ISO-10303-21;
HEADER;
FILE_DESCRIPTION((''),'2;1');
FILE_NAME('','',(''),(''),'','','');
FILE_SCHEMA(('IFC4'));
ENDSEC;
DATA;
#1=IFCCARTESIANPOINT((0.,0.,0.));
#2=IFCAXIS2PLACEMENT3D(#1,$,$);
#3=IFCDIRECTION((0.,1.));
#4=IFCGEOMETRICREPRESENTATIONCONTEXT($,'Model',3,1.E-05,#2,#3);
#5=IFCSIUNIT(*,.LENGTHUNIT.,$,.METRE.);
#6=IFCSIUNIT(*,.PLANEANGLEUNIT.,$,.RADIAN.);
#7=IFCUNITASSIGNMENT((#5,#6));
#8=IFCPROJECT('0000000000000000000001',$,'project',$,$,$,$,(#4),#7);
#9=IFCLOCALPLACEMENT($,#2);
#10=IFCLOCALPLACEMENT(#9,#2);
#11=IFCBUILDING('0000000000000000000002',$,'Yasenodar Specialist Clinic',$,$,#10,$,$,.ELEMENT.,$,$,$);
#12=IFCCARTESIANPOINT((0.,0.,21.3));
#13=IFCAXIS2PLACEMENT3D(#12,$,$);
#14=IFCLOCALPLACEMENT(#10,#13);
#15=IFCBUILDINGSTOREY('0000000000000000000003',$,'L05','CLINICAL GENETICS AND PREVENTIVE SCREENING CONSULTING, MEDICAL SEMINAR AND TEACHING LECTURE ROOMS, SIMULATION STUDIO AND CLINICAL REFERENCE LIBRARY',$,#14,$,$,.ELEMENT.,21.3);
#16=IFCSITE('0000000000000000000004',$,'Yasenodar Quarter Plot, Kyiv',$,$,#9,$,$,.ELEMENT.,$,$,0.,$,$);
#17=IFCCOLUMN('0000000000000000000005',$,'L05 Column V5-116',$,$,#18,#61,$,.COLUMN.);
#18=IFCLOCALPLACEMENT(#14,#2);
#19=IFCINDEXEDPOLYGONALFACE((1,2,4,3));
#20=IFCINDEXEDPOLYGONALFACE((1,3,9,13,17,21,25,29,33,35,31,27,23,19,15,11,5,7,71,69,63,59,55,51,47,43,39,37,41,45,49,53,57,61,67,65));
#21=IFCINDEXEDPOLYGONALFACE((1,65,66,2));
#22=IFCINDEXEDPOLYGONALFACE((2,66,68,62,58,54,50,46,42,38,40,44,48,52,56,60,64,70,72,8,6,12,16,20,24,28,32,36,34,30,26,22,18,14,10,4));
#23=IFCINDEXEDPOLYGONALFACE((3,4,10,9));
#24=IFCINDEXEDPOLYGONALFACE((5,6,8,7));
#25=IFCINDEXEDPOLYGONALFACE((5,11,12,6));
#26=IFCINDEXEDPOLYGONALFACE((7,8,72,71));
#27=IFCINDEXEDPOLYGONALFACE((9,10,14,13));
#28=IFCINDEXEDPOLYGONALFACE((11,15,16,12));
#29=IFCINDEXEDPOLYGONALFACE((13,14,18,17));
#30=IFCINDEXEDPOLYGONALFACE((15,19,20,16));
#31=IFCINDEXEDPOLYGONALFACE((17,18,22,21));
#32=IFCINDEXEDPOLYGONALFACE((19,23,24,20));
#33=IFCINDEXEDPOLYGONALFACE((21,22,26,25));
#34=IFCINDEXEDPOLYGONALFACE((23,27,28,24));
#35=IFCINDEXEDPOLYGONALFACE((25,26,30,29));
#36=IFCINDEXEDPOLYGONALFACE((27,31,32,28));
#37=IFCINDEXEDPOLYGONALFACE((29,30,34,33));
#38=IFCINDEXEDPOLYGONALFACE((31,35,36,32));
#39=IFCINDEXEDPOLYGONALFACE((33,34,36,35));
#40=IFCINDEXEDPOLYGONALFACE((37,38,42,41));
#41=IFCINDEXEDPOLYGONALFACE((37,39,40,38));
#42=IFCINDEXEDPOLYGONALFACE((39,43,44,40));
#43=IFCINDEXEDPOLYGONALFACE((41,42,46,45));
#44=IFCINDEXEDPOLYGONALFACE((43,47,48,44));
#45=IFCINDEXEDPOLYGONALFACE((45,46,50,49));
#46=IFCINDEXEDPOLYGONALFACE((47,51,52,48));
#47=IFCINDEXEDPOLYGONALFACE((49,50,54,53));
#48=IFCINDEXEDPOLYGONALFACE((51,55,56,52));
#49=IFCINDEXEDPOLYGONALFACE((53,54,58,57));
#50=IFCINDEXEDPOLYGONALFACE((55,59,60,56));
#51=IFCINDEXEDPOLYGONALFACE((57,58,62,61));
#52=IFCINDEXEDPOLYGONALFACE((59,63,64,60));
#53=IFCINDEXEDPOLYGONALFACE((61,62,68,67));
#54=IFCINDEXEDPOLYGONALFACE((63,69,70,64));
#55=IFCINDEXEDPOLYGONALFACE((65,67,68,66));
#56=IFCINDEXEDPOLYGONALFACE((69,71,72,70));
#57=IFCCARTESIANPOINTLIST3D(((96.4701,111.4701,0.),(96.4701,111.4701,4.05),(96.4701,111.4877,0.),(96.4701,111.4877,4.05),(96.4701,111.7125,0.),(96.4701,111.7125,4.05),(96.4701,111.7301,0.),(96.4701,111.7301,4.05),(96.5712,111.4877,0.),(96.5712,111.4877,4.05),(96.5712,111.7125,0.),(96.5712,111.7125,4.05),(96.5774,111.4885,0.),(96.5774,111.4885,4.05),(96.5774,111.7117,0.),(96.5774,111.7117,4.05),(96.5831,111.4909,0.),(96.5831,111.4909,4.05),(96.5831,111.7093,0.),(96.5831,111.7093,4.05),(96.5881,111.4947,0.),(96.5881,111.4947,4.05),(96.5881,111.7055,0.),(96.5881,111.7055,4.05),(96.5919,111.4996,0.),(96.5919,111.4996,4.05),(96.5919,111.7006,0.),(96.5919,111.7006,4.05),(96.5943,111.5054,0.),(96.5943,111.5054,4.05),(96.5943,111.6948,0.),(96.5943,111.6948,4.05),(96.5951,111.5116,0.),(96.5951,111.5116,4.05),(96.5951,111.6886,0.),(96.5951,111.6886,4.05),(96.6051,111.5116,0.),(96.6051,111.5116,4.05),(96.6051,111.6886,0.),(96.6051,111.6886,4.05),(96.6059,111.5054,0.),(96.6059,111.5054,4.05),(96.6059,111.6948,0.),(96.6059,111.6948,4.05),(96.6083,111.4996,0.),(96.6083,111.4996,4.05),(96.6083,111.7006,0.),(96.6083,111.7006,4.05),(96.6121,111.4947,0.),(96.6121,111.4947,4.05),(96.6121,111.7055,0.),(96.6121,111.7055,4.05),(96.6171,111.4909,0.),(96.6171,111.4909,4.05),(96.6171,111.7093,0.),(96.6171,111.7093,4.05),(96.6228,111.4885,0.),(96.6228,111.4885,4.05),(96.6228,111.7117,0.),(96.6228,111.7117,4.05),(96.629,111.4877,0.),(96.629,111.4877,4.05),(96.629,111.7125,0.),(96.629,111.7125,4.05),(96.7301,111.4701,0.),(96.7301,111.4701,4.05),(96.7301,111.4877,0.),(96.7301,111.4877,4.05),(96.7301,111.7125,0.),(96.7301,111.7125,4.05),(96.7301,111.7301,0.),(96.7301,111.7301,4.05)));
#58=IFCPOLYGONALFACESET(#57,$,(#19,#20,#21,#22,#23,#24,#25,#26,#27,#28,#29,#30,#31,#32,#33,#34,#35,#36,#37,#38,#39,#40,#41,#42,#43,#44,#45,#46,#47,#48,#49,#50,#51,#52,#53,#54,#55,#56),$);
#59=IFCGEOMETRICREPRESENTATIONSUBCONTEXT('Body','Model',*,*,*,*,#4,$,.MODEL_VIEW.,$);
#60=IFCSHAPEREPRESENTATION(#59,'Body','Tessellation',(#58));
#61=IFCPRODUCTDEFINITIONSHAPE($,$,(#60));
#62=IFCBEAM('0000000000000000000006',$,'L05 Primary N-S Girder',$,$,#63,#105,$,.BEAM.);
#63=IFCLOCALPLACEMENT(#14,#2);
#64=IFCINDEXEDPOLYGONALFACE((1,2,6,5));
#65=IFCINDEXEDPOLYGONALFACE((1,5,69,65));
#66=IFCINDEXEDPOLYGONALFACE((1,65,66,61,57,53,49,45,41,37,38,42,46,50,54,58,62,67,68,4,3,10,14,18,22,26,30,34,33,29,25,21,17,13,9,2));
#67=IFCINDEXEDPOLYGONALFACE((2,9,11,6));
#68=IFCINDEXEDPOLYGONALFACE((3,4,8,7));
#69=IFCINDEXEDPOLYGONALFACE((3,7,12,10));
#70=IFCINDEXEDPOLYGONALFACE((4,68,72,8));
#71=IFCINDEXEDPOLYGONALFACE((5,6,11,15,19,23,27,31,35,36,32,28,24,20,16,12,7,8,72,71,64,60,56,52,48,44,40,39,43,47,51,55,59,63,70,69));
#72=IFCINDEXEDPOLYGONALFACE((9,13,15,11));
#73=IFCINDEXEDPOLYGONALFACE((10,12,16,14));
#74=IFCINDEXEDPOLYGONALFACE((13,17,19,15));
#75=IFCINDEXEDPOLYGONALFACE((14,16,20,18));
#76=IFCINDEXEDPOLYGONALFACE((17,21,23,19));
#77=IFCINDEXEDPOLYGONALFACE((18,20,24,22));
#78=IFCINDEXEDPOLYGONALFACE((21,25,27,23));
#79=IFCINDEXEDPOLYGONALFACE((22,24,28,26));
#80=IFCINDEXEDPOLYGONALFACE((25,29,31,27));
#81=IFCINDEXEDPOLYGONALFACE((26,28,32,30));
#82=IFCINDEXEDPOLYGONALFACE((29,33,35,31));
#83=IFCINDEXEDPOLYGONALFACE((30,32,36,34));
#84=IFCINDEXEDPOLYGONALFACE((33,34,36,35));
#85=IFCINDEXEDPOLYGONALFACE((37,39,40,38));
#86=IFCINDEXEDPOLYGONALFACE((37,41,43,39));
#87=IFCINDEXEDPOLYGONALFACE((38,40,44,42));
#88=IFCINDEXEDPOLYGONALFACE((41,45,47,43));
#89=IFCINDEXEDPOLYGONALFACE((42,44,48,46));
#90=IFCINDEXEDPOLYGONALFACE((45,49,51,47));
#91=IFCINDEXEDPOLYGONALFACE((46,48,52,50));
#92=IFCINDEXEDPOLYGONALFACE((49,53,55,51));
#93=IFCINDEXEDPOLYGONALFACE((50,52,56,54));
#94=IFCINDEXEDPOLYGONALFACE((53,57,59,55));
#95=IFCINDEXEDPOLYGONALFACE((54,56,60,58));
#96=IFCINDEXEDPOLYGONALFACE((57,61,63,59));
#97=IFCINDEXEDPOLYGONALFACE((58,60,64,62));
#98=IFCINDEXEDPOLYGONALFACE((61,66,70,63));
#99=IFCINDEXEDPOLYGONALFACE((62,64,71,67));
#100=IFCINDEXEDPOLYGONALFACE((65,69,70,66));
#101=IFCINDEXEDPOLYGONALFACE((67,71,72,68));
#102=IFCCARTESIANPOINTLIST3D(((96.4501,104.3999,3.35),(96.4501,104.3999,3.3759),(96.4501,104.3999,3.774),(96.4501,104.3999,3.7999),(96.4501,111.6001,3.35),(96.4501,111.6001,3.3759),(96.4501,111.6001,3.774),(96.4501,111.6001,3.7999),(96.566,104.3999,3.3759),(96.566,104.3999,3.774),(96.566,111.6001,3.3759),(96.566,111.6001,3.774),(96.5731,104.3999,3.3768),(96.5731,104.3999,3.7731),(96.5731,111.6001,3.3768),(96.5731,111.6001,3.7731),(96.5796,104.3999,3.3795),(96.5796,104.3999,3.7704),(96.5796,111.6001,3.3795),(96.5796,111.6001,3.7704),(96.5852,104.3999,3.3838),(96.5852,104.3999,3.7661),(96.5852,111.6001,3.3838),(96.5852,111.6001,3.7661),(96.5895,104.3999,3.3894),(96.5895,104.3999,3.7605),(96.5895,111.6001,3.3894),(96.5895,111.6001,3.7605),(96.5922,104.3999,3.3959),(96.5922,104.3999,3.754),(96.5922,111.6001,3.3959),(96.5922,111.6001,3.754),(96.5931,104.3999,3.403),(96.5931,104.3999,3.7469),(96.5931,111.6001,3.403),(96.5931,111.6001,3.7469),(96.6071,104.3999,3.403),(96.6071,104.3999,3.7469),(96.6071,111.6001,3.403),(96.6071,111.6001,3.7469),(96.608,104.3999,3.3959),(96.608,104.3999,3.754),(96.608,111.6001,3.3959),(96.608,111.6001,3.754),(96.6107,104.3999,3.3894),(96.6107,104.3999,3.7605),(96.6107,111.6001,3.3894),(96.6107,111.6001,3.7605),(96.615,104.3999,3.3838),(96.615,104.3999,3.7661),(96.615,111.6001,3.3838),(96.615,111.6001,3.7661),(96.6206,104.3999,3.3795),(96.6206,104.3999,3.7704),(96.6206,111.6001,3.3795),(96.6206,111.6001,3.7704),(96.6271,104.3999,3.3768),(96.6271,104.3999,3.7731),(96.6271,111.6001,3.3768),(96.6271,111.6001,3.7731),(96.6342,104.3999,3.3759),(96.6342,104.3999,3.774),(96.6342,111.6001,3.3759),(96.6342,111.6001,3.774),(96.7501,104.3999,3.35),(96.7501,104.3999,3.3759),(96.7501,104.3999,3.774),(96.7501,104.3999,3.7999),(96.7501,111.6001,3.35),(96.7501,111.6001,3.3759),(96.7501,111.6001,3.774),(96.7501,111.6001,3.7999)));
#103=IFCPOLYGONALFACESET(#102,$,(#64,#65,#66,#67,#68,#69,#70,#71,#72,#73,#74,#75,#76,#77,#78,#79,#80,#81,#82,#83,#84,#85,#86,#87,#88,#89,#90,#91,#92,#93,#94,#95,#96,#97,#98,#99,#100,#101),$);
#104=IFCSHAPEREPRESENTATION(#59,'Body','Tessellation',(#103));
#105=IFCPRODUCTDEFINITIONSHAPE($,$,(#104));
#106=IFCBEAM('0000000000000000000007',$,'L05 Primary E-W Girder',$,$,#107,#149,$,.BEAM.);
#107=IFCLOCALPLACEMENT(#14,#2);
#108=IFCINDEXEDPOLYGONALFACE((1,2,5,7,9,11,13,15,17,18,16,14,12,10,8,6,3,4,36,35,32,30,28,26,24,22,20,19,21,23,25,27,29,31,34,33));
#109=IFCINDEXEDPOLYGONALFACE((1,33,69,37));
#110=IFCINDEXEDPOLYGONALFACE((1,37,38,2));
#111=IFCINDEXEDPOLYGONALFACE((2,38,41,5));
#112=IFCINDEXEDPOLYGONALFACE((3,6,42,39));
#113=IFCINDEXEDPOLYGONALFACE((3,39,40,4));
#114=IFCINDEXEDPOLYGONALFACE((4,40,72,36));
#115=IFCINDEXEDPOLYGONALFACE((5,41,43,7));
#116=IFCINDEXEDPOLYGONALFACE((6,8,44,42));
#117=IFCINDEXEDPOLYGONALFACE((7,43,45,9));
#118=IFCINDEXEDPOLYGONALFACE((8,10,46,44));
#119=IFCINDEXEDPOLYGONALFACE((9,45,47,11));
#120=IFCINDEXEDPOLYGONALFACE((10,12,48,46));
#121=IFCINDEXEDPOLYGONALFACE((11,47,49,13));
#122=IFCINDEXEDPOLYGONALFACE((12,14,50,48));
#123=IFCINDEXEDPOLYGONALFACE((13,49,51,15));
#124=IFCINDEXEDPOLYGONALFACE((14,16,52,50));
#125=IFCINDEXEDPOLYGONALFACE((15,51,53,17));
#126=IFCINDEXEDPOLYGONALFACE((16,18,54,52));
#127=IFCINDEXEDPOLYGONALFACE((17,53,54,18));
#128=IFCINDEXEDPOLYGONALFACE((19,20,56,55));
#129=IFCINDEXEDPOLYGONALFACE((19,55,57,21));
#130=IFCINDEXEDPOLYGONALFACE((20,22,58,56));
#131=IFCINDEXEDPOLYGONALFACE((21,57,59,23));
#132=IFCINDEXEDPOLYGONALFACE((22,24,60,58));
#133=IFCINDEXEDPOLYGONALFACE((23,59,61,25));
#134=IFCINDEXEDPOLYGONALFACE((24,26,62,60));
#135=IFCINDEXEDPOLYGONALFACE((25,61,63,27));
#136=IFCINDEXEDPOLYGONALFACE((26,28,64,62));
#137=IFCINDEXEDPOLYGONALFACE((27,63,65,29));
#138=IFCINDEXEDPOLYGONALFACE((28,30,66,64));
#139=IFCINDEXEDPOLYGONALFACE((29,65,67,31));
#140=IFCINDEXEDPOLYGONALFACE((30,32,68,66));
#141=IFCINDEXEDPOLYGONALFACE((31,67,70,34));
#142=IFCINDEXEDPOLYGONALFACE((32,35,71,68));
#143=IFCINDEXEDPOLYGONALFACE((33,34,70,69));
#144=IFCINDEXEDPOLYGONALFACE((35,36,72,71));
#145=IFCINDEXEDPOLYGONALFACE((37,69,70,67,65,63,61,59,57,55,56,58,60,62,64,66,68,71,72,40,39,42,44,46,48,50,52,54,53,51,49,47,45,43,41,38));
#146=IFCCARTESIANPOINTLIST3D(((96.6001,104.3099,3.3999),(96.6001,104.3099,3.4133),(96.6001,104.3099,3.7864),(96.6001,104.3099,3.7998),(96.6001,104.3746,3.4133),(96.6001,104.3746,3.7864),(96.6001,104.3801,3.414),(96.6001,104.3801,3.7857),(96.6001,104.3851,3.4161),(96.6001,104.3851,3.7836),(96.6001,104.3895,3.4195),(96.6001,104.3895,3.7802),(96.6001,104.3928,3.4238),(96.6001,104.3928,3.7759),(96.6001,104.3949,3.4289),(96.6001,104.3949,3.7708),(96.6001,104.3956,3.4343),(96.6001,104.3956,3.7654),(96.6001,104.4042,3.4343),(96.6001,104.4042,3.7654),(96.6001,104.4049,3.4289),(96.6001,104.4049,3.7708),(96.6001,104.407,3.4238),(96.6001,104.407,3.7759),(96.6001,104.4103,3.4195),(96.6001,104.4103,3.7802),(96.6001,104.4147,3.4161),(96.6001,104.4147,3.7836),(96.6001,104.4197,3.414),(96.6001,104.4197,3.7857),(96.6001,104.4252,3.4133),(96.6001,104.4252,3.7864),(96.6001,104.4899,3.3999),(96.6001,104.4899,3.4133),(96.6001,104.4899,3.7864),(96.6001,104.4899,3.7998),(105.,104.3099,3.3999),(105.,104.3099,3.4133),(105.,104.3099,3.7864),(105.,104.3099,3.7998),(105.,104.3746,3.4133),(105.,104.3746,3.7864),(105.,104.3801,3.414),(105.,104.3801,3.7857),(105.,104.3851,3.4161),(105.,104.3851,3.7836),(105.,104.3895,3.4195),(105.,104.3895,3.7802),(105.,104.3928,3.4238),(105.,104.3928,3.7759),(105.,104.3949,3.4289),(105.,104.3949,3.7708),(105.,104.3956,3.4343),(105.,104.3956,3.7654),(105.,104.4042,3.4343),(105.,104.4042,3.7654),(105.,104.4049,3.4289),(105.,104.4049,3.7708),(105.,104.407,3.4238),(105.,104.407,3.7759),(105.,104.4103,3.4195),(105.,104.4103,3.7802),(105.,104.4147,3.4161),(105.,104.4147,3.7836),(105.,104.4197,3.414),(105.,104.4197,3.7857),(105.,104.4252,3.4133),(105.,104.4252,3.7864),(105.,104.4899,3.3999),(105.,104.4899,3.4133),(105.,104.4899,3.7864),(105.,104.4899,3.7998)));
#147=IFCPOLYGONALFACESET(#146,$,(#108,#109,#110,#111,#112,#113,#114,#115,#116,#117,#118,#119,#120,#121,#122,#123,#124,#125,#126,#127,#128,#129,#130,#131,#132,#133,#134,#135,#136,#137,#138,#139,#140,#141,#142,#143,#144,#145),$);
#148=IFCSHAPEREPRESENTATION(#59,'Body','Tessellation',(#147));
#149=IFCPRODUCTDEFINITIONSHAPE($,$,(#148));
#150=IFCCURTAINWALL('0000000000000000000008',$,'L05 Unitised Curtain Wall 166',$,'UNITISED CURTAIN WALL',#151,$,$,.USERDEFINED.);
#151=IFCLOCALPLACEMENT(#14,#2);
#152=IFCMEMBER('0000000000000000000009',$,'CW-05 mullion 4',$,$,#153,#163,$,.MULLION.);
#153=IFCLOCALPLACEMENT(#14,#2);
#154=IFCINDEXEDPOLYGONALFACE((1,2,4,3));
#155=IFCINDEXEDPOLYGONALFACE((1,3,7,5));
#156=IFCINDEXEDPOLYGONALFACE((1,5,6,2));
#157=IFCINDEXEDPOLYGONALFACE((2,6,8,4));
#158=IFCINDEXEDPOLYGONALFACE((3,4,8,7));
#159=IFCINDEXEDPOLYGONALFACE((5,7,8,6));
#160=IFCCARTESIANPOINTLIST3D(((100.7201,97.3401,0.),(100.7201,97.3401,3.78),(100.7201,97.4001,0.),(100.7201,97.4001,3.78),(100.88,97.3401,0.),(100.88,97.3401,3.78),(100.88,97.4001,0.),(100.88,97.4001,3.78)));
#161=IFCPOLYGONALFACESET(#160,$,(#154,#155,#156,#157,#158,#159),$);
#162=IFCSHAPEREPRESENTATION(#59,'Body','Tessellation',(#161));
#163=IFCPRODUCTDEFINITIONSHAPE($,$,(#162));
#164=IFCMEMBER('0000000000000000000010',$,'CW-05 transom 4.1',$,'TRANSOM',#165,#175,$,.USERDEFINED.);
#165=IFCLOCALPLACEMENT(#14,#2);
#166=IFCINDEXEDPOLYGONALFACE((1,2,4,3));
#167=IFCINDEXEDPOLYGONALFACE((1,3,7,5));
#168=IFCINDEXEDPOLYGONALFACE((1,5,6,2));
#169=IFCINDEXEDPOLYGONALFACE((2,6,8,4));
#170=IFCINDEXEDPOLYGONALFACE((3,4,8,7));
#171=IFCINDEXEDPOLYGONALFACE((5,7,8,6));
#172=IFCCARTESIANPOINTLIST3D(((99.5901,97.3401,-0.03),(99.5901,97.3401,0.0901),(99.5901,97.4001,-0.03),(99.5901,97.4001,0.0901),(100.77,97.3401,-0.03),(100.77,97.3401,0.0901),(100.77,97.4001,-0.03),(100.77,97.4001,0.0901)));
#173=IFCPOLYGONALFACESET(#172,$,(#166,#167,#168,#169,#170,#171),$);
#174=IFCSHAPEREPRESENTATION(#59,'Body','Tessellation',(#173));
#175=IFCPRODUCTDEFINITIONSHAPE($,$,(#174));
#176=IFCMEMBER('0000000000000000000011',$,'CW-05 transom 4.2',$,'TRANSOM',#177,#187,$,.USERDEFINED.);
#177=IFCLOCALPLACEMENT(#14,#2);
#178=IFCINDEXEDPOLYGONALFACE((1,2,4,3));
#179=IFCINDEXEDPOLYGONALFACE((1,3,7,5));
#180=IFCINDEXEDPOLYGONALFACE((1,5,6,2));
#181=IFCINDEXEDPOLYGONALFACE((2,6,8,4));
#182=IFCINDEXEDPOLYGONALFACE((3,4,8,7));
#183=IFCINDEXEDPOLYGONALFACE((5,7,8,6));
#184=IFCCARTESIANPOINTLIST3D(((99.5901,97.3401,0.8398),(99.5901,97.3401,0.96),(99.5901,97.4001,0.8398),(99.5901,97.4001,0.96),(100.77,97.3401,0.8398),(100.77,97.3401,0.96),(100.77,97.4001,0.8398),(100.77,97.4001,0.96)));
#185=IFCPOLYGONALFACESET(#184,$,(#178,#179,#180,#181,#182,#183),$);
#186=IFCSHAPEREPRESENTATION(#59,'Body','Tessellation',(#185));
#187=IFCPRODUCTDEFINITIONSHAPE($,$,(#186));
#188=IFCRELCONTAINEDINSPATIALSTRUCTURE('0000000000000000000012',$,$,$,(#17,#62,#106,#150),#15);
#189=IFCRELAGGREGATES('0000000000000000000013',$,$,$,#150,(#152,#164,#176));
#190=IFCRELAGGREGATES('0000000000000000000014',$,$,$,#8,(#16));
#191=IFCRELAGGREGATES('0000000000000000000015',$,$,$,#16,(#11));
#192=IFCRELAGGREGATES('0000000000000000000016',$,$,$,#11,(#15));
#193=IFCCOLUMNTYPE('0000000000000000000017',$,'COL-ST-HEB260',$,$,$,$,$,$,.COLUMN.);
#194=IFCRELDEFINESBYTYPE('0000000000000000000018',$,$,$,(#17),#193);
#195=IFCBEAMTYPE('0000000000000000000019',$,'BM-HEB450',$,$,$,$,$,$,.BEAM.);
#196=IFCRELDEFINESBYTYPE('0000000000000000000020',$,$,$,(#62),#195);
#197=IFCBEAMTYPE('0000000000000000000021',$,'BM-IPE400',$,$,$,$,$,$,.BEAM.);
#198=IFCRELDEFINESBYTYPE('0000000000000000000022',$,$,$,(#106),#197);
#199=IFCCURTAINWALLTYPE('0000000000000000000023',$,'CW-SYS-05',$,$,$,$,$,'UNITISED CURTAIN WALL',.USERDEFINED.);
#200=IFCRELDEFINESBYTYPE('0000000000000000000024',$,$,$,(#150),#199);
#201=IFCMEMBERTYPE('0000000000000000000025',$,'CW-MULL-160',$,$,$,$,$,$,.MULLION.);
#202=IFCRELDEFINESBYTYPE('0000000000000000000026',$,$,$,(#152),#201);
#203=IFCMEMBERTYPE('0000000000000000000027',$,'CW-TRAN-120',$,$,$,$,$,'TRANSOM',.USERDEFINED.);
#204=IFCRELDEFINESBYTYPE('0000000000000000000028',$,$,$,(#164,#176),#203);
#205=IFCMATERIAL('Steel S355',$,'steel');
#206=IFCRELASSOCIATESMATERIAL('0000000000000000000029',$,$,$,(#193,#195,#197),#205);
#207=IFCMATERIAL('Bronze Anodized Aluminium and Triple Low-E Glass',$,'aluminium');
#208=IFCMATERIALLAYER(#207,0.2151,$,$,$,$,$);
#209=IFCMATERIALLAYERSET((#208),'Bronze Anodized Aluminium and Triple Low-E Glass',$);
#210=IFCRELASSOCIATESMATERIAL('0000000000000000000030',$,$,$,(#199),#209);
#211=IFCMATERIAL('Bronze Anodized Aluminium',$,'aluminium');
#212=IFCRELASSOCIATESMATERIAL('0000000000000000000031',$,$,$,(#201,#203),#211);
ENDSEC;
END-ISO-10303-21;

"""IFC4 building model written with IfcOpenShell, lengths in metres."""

from ifc_helpers import new_model, si_unit, direction, frame, origin, origin_2d, place, context, subcontext, project, spatial, rectangle, i_section, extrude, material, layer, layer_set, material_profile, profile_set, type_object, element, aggregate, save


model = new_model("IFC4")

# Units and contexts
model_context = context("Model", 3, precision=1e-05, world=origin(), true_north=direction((0.0, 1.0)))
body_context = subcontext(model_context, "Body", "Model", "MODEL_VIEW")
ifc_project = project(units=[si_unit("LENGTHUNIT", "METRE"), si_unit("PLANEANGLEUNIT", "RADIAN")], contexts=[model_context])

# Site, building, storey
site_placement = place(None, origin())
site = spatial("IfcSite", under=ifc_project, at=site_placement, Name="Yasenodar Quarter Plot, Kyiv", CompositionType="ELEMENT", RefElevation=0.0)
building_placement = place(site_placement, origin())
building = spatial("IfcBuilding", under=site, at=building_placement, Name="Yasenodar Specialist Clinic", CompositionType="ELEMENT")
storey_placement = place(building_placement, frame((0.0, 0.0, 21.3)))
storey = spatial("IfcBuildingStorey", under=building, at=storey_placement, Name="L05", Description="CLINICAL GENETICS AND PREVENTIVE SCREENING CONSULTING, MEDICAL SEMINAR AND TEACHING LECTURE ROOMS, SIMULATION STUDIO AND CLINICAL REFERENCE LIBRARY", CompositionType="ELEMENT", Elevation=21.3)

# Column
ifc_material_1 = material(Name="Steel S355", Category="steel")
ifc_material_profile_1 = material_profile(ifc_material_1, i_section(OverallWidth=0.26, OverallDepth=0.26, WebThickness=0.01, FlangeThickness=0.0176, FilletRadius=0.0239, at=origin_2d()), Name="HEB 260")
ifc_profile_set_1 = profile_set([ifc_material_profile_1], Name="Steel S355")
column_type = type_object("IfcColumnType", Name="COL-ST-HEB260", PredefinedType="COLUMN", material=ifc_profile_set_1)
column_placement = place(storey_placement, frame((96.6001, 111.6001, 0.0), z_axis=(0.0, 0.0, 1.0), x_axis=(1.0, 0.0, 0.0)))
element("IfcColumn", 1, at=column_placement, inside=storey, type_object=column_type, Name="L05 Column V5-116", PredefinedType="COLUMN", context=body_context, shape_type="SweptSolid", body=[
    extrude(i_section(OverallWidth=0.26, OverallDepth=0.26, WebThickness=0.01, FlangeThickness=0.0176, FilletRadius=0.0239, at=origin_2d()), origin(), (0.0, 0.0, 1.0), 4.05),
])

# Beams
ifc_material_profile_2 = material_profile(ifc_material_1, i_section(OverallWidth=0.3, OverallDepth=0.45, WebThickness=0.0139, FlangeThickness=0.0259, FilletRadius=0.0271, at=origin_2d()), Name="HEB 450")
ifc_profile_set_2 = profile_set([ifc_material_profile_2], Name="Steel S355")
beam_type_1 = type_object("IfcBeamType", Name="BM-HEB450", PredefinedType="BEAM", material=ifc_profile_set_2)
beam_1_placement = place(storey_placement, frame((96.6001, 104.3999, 3.575), z_axis=(0.0, 1.0, 0.0), x_axis=(-1.0, 0.0, 0.0)))
element("IfcBeam", 2, at=beam_1_placement, inside=storey, type_object=beam_type_1, Name="L05 Primary N-S Girder", PredefinedType="BEAM", context=body_context, shape_type="SweptSolid", body=[
    extrude(i_section(OverallWidth=0.3, OverallDepth=0.45, WebThickness=0.0139, FlangeThickness=0.0259, FilletRadius=0.0271, at=origin_2d()), origin(), (0.0, 0.0, 1.0), 7.2002),
])
ifc_material_profile_3 = material_profile(ifc_material_1, i_section(OverallWidth=0.1799, OverallDepth=0.3999, WebThickness=0.0085, FlangeThickness=0.0134, FilletRadius=0.021, at=origin_2d()), Name="IPE 400")
ifc_profile_set_3 = profile_set([ifc_material_profile_3], Name="Steel S355")
beam_type_2 = type_object("IfcBeamType", Name="BM-IPE400", PredefinedType="BEAM", material=ifc_profile_set_3)
beam_2_placement = place(storey_placement, frame((96.6001, 104.3999, 3.5999), z_axis=(1.0, 0.0, 0.0), x_axis=(0.0, 1.0, 0.0)))
element("IfcBeam", 3, at=beam_2_placement, inside=storey, type_object=beam_type_2, Name="L05 Primary E-W Girder", PredefinedType="BEAM", context=body_context, shape_type="SweptSolid", body=[
    extrude(i_section(OverallWidth=0.1799, OverallDepth=0.3999, WebThickness=0.0085, FlangeThickness=0.0134, FilletRadius=0.021, at=origin_2d()), origin(), (0.0, 0.0, 1.0), 8.3999),
])

# Curtain wall, members
ifc_material_2 = material(Name="Bronze Anodized Aluminium and Triple Low-E Glass", Category="aluminium")
ifc_layer_1 = layer(ifc_material_2, 0.2151)
ifc_layer_set_1 = layer_set([ifc_layer_1], Name="Bronze Anodized Aluminium and Triple Low-E Glass")
curtain_wall_type = type_object("IfcCurtainWallType", Name="CW-SYS-05", ElementType="UNITISED CURTAIN WALL", PredefinedType="USERDEFINED", material=ifc_layer_set_1)
curtain_wall_placement = place(storey_placement, origin())
curtain_wall = element("IfcCurtainWall", 4, at=curtain_wall_placement, inside=storey, type_object=curtain_wall_type, Name="L05 Unitised Curtain Wall 166", ObjectType="UNITISED CURTAIN WALL", PredefinedType="USERDEFINED")
ifc_material_3 = material(Name="Bronze Anodized Aluminium", Category="aluminium")
ifc_material_profile_4 = material_profile(ifc_material_3, rectangle(XDim=0.0601, YDim=0.1599, at=origin_2d()), Name="CW-MULL 60x160")
ifc_profile_set_4 = profile_set([ifc_material_profile_4], Name="Bronze Anodized Aluminium")
member_type_1 = type_object("IfcMemberType", Name="CW-MULL-160", PredefinedType="MULLION", material=ifc_profile_set_4)
member_1_placement = place(storey_placement, frame((100.8, 97.3701, 0.0), z_axis=(0.0, 0.0, 1.0), x_axis=(0.0, -1.0, 0.0)))
member_1 = element("IfcMember", 5, at=member_1_placement, type_object=member_type_1, Name="CW-05 mullion 4", PredefinedType="MULLION", context=body_context, shape_type="SweptSolid", body=[
    extrude(rectangle(XDim=0.0601, YDim=0.1599, at=origin_2d()), origin(), (0.0, 0.0, 1.0), 3.78),
])
ifc_material_profile_5 = material_profile(ifc_material_3, rectangle(XDim=0.0601, YDim=0.1201, at=origin_2d()), Name="CW-TRAN 60x120")
ifc_profile_set_5 = profile_set([ifc_material_profile_5], Name="Bronze Anodized Aluminium")
member_type_2 = type_object("IfcMemberType", Name="CW-TRAN-120", ElementType="TRANSOM", PredefinedType="USERDEFINED", material=ifc_profile_set_5)
member_2_placement = place(storey_placement, frame((100.77, 97.3701, 0.03), z_axis=(-1.0, 0.0, 0.0), x_axis=(0.0, -1.0, 0.0)))
member_2 = element("IfcMember", 6, at=member_2_placement, type_object=member_type_2, Name="CW-05 transom 4.1", ObjectType="TRANSOM", PredefinedType="USERDEFINED", context=body_context, shape_type="SweptSolid", body=[
    extrude(rectangle(XDim=0.0601, YDim=0.1201, at=origin_2d()), origin(), (0.0, 0.0, 1.0), 1.1799),
])
member_3_placement = place(storey_placement, frame((100.77, 97.3701, 0.8999), z_axis=(-1.0, 0.0, 0.0), x_axis=(0.0, -1.0, 0.0)))
member_3 = element("IfcMember", 7, at=member_3_placement, type_object=member_type_2, Name="CW-05 transom 4.2", ObjectType="TRANSOM", PredefinedType="USERDEFINED", context=body_context, shape_type="SweptSolid", body=[
    extrude(rectangle(XDim=0.0601, YDim=0.1201, at=origin_2d()), origin(), (0.0, 0.0, 1.0), 1.1799),
])

aggregate(curtain_wall, [member_1, member_2, member_3])

save(model, "model.ifc")
